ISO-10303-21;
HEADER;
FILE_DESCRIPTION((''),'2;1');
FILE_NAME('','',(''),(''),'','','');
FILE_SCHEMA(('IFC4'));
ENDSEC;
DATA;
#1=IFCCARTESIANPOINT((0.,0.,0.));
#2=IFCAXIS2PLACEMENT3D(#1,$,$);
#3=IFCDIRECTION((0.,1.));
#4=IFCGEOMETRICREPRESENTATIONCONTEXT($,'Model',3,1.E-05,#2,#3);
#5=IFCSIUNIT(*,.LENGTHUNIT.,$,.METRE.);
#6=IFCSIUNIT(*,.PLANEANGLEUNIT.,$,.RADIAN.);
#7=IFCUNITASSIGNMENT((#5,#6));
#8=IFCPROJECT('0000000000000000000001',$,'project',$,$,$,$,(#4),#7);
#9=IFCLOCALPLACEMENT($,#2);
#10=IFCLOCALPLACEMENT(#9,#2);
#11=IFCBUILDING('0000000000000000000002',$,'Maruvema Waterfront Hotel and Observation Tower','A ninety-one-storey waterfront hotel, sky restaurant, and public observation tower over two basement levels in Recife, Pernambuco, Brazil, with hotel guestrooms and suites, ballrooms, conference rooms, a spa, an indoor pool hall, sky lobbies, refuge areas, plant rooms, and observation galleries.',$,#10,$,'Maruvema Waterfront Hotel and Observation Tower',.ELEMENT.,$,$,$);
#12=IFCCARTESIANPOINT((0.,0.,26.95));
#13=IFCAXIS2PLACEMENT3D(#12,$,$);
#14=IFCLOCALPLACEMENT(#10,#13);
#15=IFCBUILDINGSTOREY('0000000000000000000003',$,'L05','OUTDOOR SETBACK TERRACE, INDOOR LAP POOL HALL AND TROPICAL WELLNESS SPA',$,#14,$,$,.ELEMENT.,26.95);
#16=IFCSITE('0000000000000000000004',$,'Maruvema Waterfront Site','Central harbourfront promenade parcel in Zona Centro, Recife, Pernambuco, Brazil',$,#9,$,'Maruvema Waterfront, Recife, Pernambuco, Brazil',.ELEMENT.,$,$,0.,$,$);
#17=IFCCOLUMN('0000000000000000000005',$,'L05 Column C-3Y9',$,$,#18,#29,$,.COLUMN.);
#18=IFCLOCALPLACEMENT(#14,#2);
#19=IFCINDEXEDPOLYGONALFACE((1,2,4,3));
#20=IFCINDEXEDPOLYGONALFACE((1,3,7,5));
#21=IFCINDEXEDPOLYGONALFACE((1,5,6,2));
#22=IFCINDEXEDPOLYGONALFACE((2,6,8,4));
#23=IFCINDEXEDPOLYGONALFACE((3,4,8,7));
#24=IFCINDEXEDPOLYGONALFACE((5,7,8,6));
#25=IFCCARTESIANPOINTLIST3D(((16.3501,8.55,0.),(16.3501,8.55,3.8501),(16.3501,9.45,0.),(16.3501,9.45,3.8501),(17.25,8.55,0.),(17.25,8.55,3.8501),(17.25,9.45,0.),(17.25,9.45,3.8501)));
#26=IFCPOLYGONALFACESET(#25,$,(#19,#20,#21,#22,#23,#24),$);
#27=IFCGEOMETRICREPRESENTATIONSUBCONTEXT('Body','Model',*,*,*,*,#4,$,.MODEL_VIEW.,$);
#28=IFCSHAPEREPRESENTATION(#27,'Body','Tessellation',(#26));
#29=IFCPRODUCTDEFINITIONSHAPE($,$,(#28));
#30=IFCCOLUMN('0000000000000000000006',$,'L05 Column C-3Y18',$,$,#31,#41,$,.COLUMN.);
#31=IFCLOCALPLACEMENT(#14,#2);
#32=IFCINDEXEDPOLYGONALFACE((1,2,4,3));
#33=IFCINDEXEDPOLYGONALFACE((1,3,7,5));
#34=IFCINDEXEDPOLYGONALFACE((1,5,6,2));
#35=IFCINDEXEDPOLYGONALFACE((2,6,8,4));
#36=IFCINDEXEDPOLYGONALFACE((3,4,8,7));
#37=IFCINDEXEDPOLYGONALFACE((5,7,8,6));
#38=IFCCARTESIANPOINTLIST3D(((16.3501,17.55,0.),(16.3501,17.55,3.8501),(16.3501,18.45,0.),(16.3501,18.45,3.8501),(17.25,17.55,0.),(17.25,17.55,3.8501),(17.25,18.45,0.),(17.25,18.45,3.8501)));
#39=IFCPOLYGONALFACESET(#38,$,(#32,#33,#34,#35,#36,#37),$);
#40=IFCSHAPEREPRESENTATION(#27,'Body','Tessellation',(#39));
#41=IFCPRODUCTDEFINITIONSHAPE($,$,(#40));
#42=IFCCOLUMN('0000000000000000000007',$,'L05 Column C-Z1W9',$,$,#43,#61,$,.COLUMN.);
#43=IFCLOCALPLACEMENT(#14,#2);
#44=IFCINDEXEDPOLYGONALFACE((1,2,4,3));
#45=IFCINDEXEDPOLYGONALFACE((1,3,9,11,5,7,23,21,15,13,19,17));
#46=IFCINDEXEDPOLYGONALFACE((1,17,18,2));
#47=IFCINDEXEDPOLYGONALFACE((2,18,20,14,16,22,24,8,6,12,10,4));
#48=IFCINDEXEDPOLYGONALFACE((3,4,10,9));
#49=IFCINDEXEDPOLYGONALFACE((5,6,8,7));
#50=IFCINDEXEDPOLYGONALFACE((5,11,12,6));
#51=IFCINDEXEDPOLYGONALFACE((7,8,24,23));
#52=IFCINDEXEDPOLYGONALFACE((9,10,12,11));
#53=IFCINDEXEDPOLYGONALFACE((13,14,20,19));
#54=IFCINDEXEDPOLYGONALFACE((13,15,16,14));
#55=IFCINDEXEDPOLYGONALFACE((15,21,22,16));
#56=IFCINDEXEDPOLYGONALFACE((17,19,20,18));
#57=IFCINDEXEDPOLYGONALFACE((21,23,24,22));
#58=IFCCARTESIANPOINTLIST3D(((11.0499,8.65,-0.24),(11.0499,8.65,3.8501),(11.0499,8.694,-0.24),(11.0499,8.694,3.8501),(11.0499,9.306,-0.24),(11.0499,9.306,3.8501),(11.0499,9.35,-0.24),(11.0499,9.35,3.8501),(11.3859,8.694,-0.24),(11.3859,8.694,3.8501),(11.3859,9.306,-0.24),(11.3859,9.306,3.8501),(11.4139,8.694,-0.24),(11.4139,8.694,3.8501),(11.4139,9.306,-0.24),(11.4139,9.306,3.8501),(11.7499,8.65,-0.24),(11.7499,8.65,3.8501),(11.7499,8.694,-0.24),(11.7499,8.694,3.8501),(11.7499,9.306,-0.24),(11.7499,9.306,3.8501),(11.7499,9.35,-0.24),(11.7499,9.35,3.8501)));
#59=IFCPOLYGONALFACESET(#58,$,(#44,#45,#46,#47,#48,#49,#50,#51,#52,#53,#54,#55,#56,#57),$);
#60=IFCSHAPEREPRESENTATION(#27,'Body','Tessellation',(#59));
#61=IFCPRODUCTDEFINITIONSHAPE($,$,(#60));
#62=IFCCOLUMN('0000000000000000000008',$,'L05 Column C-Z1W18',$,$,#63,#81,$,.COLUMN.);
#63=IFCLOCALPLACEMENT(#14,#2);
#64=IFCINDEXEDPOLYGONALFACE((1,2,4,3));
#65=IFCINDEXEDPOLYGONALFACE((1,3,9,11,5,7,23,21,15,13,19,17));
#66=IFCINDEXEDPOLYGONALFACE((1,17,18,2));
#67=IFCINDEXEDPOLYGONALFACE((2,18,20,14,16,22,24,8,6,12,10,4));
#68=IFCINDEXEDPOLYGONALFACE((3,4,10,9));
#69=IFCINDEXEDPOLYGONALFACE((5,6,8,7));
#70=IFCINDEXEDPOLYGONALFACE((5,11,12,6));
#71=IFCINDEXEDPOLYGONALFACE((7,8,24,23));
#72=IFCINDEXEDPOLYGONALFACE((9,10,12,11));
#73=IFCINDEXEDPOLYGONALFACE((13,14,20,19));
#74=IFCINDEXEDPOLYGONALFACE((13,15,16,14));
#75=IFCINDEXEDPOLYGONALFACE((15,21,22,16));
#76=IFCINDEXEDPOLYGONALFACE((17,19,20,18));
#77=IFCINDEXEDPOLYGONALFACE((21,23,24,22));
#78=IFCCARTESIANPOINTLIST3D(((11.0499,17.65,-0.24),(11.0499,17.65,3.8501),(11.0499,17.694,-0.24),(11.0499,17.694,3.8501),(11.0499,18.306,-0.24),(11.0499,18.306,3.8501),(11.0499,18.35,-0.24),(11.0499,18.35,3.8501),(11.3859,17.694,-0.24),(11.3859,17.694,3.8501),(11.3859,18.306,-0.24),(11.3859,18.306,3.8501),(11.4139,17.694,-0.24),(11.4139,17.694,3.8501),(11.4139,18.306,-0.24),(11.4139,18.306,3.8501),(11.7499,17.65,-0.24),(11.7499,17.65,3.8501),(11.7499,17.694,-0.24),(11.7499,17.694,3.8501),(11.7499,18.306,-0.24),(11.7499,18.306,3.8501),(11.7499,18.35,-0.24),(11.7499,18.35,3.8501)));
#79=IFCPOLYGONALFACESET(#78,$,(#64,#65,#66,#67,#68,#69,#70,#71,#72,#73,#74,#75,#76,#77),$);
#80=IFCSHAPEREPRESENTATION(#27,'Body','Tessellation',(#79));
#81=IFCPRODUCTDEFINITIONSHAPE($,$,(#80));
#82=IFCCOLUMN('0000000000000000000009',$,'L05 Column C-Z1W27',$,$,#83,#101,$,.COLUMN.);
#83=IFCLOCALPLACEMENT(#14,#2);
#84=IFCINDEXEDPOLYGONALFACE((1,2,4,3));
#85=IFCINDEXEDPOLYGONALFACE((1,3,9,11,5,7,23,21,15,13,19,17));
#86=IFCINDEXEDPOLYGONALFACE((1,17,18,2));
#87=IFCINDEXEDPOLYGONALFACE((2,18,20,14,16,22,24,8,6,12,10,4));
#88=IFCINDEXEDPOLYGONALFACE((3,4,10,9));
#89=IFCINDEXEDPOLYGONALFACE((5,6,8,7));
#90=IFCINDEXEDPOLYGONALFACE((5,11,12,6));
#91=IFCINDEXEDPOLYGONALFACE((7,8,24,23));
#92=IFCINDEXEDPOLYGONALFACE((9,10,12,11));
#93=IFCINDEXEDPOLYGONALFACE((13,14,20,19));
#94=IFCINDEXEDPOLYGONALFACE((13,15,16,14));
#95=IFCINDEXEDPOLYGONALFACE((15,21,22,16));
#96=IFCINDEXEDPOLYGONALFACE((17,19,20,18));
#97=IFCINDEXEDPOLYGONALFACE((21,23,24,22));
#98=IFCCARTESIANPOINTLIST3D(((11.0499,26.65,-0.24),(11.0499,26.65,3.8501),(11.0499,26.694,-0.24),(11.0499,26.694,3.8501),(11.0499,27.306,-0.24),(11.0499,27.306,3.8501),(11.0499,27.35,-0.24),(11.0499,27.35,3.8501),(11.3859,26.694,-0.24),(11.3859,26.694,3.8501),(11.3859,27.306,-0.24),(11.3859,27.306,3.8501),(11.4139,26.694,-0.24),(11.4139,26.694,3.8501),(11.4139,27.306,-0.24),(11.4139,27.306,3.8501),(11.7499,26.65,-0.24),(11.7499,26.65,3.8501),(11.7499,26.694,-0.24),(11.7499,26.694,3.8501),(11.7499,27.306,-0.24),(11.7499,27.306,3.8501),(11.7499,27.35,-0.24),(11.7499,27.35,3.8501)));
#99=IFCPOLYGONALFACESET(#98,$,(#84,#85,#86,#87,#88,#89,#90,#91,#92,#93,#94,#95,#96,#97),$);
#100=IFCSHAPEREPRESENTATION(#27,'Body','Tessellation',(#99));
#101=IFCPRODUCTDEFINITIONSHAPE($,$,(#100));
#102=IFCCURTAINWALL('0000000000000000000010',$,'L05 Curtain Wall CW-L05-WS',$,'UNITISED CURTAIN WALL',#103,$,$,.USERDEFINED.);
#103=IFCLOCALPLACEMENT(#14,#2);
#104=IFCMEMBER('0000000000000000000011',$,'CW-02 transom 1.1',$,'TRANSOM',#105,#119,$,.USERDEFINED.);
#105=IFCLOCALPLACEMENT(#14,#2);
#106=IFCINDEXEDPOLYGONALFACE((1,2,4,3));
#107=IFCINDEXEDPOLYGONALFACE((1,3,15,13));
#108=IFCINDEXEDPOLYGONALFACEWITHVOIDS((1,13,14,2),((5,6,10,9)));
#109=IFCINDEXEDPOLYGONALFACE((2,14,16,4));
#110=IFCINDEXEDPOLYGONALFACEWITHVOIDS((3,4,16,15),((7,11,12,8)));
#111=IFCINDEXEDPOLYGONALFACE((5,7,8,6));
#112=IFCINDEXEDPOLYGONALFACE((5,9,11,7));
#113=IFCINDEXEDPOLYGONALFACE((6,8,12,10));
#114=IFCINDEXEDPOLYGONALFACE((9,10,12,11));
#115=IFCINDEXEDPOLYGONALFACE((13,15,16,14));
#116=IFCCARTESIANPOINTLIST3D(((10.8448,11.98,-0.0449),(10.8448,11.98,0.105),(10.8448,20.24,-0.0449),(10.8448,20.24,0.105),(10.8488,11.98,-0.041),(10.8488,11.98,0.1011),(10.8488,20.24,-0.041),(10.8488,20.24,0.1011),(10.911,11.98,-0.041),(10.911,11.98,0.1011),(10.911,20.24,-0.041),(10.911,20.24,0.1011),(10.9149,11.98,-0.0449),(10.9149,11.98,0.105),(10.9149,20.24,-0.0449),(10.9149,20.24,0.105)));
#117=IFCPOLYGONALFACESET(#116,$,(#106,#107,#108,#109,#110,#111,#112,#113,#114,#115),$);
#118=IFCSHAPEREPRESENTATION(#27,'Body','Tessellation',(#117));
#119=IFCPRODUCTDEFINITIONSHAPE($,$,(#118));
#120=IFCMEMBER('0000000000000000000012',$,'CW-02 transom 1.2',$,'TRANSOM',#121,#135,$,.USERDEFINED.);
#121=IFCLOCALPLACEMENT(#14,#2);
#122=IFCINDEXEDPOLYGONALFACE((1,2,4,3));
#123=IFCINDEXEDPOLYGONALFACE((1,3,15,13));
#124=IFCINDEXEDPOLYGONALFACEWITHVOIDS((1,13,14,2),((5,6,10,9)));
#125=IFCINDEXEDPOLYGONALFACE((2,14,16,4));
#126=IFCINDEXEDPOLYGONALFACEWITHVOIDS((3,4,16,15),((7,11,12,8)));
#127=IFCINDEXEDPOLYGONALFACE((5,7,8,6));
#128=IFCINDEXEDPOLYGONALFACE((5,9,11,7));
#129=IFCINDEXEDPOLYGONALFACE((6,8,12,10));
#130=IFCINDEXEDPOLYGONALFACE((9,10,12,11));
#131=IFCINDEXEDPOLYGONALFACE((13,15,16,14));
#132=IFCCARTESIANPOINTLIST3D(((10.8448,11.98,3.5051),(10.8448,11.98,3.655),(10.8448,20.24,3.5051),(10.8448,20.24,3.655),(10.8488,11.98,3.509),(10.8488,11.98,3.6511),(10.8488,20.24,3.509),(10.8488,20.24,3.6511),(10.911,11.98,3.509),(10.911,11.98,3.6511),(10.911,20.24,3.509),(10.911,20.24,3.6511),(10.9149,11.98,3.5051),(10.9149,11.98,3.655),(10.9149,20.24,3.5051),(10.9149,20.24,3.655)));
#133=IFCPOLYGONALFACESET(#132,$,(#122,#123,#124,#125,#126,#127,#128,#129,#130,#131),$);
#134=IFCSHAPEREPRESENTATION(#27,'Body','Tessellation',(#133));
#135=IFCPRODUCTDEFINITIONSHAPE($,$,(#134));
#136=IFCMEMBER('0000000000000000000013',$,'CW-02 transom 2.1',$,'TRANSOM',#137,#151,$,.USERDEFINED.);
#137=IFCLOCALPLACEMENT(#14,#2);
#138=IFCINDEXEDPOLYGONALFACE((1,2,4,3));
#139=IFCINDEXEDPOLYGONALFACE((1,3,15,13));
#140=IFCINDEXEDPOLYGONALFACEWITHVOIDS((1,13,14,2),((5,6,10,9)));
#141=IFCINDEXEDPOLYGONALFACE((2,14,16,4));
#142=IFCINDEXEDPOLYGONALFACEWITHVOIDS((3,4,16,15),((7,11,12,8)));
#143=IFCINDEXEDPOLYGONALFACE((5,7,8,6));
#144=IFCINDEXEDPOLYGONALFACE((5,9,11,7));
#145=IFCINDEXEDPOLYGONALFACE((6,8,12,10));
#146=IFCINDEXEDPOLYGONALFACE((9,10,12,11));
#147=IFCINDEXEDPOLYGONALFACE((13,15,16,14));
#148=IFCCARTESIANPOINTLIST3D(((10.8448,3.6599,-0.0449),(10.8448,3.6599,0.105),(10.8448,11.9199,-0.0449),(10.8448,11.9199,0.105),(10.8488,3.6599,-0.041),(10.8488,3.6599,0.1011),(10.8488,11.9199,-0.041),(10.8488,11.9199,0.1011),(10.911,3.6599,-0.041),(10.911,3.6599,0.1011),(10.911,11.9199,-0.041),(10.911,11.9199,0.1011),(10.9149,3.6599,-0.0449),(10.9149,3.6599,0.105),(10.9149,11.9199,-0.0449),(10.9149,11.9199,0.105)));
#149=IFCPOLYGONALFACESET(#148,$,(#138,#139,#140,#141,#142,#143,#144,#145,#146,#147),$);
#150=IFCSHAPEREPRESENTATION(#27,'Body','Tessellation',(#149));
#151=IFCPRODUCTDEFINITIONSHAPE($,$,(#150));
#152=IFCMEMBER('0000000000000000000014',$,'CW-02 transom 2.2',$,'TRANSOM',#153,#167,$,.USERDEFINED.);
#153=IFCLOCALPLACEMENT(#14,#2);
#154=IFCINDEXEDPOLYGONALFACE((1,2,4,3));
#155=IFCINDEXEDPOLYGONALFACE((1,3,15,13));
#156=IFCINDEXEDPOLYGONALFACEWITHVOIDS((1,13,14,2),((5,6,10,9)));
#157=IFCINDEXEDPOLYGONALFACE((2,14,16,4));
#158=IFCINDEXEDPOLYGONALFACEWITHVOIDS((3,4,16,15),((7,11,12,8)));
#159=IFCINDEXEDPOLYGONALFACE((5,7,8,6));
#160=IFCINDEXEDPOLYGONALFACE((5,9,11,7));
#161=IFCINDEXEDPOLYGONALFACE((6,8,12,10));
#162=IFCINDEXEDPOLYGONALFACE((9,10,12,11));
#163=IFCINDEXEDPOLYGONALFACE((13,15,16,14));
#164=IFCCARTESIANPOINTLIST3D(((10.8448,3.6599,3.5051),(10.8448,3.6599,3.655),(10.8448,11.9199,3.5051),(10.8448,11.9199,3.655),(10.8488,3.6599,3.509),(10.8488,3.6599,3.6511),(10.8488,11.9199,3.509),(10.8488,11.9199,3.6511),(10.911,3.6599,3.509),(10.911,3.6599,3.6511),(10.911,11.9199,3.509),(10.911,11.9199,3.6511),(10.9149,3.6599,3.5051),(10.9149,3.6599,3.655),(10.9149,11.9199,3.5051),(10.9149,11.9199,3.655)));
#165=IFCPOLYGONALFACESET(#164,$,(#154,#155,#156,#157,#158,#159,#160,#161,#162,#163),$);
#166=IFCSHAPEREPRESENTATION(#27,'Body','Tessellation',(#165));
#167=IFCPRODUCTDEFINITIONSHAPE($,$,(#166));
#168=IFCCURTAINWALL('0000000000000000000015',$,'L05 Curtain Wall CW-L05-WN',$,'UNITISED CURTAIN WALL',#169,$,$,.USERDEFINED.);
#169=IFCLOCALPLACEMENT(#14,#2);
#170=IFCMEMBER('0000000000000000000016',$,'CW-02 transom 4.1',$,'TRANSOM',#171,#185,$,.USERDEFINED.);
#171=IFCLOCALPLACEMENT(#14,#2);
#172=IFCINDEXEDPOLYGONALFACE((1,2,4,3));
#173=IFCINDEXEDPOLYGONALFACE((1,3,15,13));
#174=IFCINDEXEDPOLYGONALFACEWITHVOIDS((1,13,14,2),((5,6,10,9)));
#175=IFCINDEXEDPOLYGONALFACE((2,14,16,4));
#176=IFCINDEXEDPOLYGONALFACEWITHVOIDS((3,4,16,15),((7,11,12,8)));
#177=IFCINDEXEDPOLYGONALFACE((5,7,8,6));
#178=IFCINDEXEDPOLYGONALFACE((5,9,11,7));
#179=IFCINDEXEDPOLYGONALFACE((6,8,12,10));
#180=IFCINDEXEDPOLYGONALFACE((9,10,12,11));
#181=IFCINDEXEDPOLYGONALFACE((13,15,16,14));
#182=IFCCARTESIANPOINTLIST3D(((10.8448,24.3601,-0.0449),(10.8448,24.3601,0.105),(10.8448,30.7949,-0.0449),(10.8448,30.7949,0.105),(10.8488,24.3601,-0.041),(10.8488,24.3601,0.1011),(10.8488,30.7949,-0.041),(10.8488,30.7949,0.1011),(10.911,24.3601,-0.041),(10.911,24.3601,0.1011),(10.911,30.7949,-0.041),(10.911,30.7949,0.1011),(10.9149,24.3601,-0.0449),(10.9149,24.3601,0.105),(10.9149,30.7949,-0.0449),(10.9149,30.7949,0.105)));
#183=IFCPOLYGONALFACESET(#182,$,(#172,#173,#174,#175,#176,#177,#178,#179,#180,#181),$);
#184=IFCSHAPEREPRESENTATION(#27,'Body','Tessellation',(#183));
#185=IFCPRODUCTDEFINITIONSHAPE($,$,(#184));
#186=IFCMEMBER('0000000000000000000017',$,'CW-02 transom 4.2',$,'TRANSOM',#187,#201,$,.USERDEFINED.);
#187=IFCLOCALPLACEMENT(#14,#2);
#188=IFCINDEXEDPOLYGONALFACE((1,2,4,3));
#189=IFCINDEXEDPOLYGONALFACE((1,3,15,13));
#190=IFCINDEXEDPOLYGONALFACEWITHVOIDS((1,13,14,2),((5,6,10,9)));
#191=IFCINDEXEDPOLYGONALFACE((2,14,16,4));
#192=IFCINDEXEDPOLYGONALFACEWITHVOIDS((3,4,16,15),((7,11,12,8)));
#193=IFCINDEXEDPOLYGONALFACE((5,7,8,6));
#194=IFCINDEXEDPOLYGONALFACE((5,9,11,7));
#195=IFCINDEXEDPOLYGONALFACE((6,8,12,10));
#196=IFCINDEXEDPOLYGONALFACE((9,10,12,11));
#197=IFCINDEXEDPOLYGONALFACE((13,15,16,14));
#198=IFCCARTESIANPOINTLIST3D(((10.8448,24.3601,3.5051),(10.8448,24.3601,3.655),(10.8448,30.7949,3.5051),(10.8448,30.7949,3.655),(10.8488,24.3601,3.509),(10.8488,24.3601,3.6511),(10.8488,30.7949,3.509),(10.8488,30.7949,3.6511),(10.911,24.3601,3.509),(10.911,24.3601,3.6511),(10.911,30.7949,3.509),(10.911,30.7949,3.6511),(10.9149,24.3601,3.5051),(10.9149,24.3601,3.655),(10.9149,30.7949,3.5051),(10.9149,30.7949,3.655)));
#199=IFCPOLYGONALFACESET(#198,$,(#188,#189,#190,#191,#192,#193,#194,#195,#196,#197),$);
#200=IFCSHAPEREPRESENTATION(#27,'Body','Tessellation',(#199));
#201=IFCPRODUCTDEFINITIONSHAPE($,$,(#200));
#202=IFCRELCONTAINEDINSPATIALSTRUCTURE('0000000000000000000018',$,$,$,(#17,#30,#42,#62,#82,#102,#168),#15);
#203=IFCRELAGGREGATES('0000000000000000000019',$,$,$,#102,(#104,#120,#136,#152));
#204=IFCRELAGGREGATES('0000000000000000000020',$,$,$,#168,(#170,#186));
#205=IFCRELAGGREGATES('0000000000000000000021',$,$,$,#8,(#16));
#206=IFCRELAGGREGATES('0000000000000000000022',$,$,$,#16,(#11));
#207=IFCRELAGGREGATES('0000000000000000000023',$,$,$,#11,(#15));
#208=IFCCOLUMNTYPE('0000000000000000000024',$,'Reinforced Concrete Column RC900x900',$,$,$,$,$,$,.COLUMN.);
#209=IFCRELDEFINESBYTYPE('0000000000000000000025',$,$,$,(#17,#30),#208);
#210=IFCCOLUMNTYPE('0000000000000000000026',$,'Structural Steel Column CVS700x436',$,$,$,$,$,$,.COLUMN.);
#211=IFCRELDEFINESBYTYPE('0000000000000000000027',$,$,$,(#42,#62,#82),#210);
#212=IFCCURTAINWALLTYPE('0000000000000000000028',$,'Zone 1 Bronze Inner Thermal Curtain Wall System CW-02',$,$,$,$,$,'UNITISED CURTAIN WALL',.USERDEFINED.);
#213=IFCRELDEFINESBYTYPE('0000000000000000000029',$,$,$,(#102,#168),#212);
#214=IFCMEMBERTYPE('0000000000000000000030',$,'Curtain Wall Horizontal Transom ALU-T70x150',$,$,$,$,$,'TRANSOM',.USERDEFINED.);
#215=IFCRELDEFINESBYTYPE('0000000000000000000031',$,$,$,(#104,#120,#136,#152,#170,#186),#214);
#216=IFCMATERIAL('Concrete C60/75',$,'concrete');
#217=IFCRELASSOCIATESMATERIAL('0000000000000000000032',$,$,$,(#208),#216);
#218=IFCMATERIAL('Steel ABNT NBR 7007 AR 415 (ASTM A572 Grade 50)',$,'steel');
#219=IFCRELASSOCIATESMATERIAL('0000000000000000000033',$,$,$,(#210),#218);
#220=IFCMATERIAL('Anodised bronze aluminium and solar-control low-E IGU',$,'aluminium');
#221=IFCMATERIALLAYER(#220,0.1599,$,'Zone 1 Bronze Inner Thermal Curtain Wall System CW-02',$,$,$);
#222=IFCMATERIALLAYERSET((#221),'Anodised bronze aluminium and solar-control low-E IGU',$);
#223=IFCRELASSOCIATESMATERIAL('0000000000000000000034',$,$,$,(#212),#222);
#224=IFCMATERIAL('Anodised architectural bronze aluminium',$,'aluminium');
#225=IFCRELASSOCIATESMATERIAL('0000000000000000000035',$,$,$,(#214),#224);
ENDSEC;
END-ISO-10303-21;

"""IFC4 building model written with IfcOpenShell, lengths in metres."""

from ifc_helpers import new_model, si_unit, direction, frame, origin, origin_2d, place, context, subcontext, project, spatial, rectangle, hollow_rectangle, i_section, extrude, material, layer, layer_set, material_profile, profile_set, type_object, element, aggregate, save


model = new_model("IFC4")

# Units and contexts
model_context = context("Model", 3, precision=1e-05, world=origin(), true_north=direction((0.0, 1.0)))
body_context = subcontext(model_context, "Body", "Model", "MODEL_VIEW")
ifc_project = project(units=[si_unit("LENGTHUNIT", "METRE"), si_unit("PLANEANGLEUNIT", "RADIAN")], contexts=[model_context])

# Site, building, storey
site_placement = place(None, origin())
site = spatial("IfcSite", under=ifc_project, at=site_placement, Name="Maruvema Waterfront Site", Description="Central harbourfront promenade parcel in Zona Centro, Recife, Pernambuco, Brazil", LongName="Maruvema Waterfront, Recife, Pernambuco, Brazil", CompositionType="ELEMENT", RefElevation=0.0)
building_placement = place(site_placement, origin())
building = spatial("IfcBuilding", under=site, at=building_placement, Name="Maruvema Waterfront Hotel and Observation Tower", Description="A ninety-one-storey waterfront hotel, sky restaurant, and public observation tower over two basement levels in Recife, Pernambuco, Brazil, with hotel guestrooms and suites, ballrooms, conference rooms, a spa, an indoor pool hall, sky lobbies, refuge areas, plant rooms, and observation galleries.", LongName="Maruvema Waterfront Hotel and Observation Tower", CompositionType="ELEMENT")
storey_placement = place(building_placement, frame((0.0, 0.0, 26.95)))
storey = spatial("IfcBuildingStorey", under=building, at=storey_placement, Name="L05", Description="OUTDOOR SETBACK TERRACE, INDOOR LAP POOL HALL AND TROPICAL WELLNESS SPA", CompositionType="ELEMENT", Elevation=26.95)

# Columns
ifc_material_1 = material(Name="Concrete C60/75", Category="concrete")
ifc_material_profile_1 = material_profile(ifc_material_1, rectangle(XDim=0.8999, YDim=0.8999, at=origin_2d()), Name="RC900x900")
ifc_profile_set_1 = profile_set([ifc_material_profile_1], Name="Concrete C60/75")
column_type_1 = type_object("IfcColumnType", Name="Reinforced Concrete Column RC900x900", PredefinedType="COLUMN", material=ifc_profile_set_1)
for number, where, z_axis, x_axis, name in (
    (1, (16.8, 9.0, 0.0), (0.0, 0.0, 1.0), (1.0, 0.0, 0.0), "L05 Column C-3Y9"),
    (2, (16.8, 18.0, 0.0), (0.0, 0.0, 1.0), (1.0, 0.0, 0.0), "L05 Column C-3Y18"),
):
    element("IfcColumn", number, at=place(storey_placement, frame(where, z_axis=z_axis, x_axis=x_axis)), inside=storey, type_object=column_type_1, Name=name, PredefinedType="COLUMN", context=body_context, shape_type="SweptSolid", body=[
        extrude(rectangle(XDim=0.8999, YDim=0.8999, at=origin_2d()), origin(), (0.0, 0.0, 1.0), 3.8501),
    ])
ifc_material_2 = material(Name="Steel ABNT NBR 7007 AR 415 (ASTM A572 Grade 50)", Category="steel")
ifc_material_profile_2 = material_profile(ifc_material_2, i_section(OverallWidth=0.7, OverallDepth=0.7, WebThickness=0.0281, FlangeThickness=0.0439, at=origin_2d()), Name="CVS700x436")
ifc_profile_set_2 = profile_set([ifc_material_profile_2], Name="Steel ABNT NBR 7007 AR 415 (ASTM A572 Grade 50)")
column_type_2 = type_object("IfcColumnType", Name="Structural Steel Column CVS700x436", PredefinedType="COLUMN", material=ifc_profile_set_2)
for number, where, z_axis, x_axis, name in (
    (3, (11.3999, 9.0, -0.24), (0.0, 0.0, 1.0), (1.0, 0.0, 0.0), "L05 Column C-Z1W9"),
    (4, (11.3999, 18.0, -0.24), (0.0, 0.0, 1.0), (1.0, 0.0, 0.0), "L05 Column C-Z1W18"),
    (5, (11.3999, 27.0, -0.24), (0.0, 0.0, 1.0), (1.0, 0.0, 0.0), "L05 Column C-Z1W27"),
):
    element("IfcColumn", number, at=place(storey_placement, frame(where, z_axis=z_axis, x_axis=x_axis)), inside=storey, type_object=column_type_2, Name=name, PredefinedType="COLUMN", context=body_context, shape_type="SweptSolid", body=[
        extrude(i_section(OverallWidth=0.7, OverallDepth=0.7, WebThickness=0.0281, FlangeThickness=0.0439, at=origin_2d()), origin(), (0.0, 0.0, 1.0), 4.0901),
    ])

# Curtain walls, members
ifc_material_3 = material(Name="Anodised bronze aluminium and solar-control low-E IGU", Category="aluminium")
ifc_layer_1 = layer(ifc_material_3, 0.1599, Name="Zone 1 Bronze Inner Thermal Curtain Wall System CW-02")
ifc_layer_set_1 = layer_set([ifc_layer_1], Name="Anodised bronze aluminium and solar-control low-E IGU")
curtain_wall_type = type_object("IfcCurtainWallType", Name="Zone 1 Bronze Inner Thermal Curtain Wall System CW-02", ElementType="UNITISED CURTAIN WALL", PredefinedType="USERDEFINED", material=ifc_layer_set_1)
curtain_wall_1_placement = place(storey_placement, origin())
curtain_wall_1 = element("IfcCurtainWall", 6, at=curtain_wall_1_placement, inside=storey, type_object=curtain_wall_type, Name="L05 Curtain Wall CW-L05-WS", ObjectType="UNITISED CURTAIN WALL", PredefinedType="USERDEFINED")
ifc_material_4 = material(Name="Anodised architectural bronze aluminium", Category="aluminium")
ifc_material_profile_3 = material_profile(ifc_material_4, hollow_rectangle(XDim=0.0701, YDim=0.1499, WallThickness=0.0039, at=origin_2d()), Name="ALU-T70x150")
ifc_profile_set_3 = profile_set([ifc_material_profile_3], Name="Anodised architectural bronze aluminium")
member_type_1 = type_object("IfcMemberType", Name="Curtain Wall Horizontal Transom ALU-T70x150", ElementType="TRANSOM", PredefinedType="USERDEFINED", material=ifc_profile_set_3)
member_1_placement = place(storey_placement, frame((10.8799, 20.24, 0.03), z_axis=(0.0, -1.0, 0.0), x_axis=(1.0, 0.0, 0.0)))
member_1 = element("IfcMember", 7, at=member_1_placement, type_object=member_type_1, Name="CW-02 transom 1.1", ObjectType="TRANSOM", PredefinedType="USERDEFINED", context=body_context, shape_type="SweptSolid", body=[
    extrude(hollow_rectangle(XDim=0.0701, YDim=0.1499, WallThickness=0.0039, at=origin_2d()), origin(), (0.0, 0.0, 1.0), 8.26),
])
member_2_placement = place(storey_placement, frame((10.8799, 20.24, 3.5801), z_axis=(0.0, -1.0, 0.0), x_axis=(1.0, 0.0, 0.0)))
member_2 = element("IfcMember", 8, at=member_2_placement, type_object=member_type_1, Name="CW-02 transom 1.2", ObjectType="TRANSOM", PredefinedType="USERDEFINED", context=body_context, shape_type="SweptSolid", body=[
    extrude(hollow_rectangle(XDim=0.0701, YDim=0.1499, WallThickness=0.0039, at=origin_2d()), origin(), (0.0, 0.0, 1.0), 8.26),
])
member_3_placement = place(storey_placement, frame((10.8799, 11.9199, 0.03), z_axis=(0.0, -1.0, 0.0), x_axis=(1.0, 0.0, 0.0)))
member_3 = element("IfcMember", 9, at=member_3_placement, type_object=member_type_1, Name="CW-02 transom 2.1", ObjectType="TRANSOM", PredefinedType="USERDEFINED", context=body_context, shape_type="SweptSolid", body=[
    extrude(hollow_rectangle(XDim=0.0701, YDim=0.1499, WallThickness=0.0039, at=origin_2d()), origin(), (0.0, 0.0, 1.0), 8.26),
])
member_4_placement = place(storey_placement, frame((10.8799, 11.9199, 3.5801), z_axis=(0.0, -1.0, 0.0), x_axis=(1.0, 0.0, 0.0)))
member_4 = element("IfcMember", 10, at=member_4_placement, type_object=member_type_1, Name="CW-02 transom 2.2", ObjectType="TRANSOM", PredefinedType="USERDEFINED", context=body_context, shape_type="SweptSolid", body=[
    extrude(hollow_rectangle(XDim=0.0701, YDim=0.1499, WallThickness=0.0039, at=origin_2d()), origin(), (0.0, 0.0, 1.0), 8.26),
])
curtain_wall_2_placement = place(storey_placement, origin())
curtain_wall_2 = element("IfcCurtainWall", 11, at=curtain_wall_2_placement, inside=storey, type_object=curtain_wall_type, Name="L05 Curtain Wall CW-L05-WN", ObjectType="UNITISED CURTAIN WALL", PredefinedType="USERDEFINED")
member_5_placement = place(storey_placement, frame((10.8799, 30.7949, 0.03), z_axis=(0.0, -1.0, 0.0), x_axis=(1.0, 0.0, 0.0)))
member_5 = element("IfcMember", 12, at=member_5_placement, type_object=member_type_1, Name="CW-02 transom 4.1", ObjectType="TRANSOM", PredefinedType="USERDEFINED", context=body_context, shape_type="SweptSolid", body=[
    extrude(hollow_rectangle(XDim=0.0701, YDim=0.1499, WallThickness=0.0039, at=origin_2d()), origin(), (0.0, 0.0, 1.0), 6.4348),
])
member_6_placement = place(storey_placement, frame((10.8799, 30.7949, 3.5801), z_axis=(0.0, -1.0, 0.0), x_axis=(1.0, 0.0, 0.0)))
member_6 = element("IfcMember", 13, at=member_6_placement, type_object=member_type_1, Name="CW-02 transom 4.2", ObjectType="TRANSOM", PredefinedType="USERDEFINED", context=body_context, shape_type="SweptSolid", body=[
    extrude(hollow_rectangle(XDim=0.0701, YDim=0.1499, WallThickness=0.0039, at=origin_2d()), origin(), (0.0, 0.0, 1.0), 6.4348),
])

aggregate(curtain_wall_1, [member_1, member_2, member_3, member_4])
aggregate(curtain_wall_2, [member_5, member_6])

save(model, "model.ifc")
